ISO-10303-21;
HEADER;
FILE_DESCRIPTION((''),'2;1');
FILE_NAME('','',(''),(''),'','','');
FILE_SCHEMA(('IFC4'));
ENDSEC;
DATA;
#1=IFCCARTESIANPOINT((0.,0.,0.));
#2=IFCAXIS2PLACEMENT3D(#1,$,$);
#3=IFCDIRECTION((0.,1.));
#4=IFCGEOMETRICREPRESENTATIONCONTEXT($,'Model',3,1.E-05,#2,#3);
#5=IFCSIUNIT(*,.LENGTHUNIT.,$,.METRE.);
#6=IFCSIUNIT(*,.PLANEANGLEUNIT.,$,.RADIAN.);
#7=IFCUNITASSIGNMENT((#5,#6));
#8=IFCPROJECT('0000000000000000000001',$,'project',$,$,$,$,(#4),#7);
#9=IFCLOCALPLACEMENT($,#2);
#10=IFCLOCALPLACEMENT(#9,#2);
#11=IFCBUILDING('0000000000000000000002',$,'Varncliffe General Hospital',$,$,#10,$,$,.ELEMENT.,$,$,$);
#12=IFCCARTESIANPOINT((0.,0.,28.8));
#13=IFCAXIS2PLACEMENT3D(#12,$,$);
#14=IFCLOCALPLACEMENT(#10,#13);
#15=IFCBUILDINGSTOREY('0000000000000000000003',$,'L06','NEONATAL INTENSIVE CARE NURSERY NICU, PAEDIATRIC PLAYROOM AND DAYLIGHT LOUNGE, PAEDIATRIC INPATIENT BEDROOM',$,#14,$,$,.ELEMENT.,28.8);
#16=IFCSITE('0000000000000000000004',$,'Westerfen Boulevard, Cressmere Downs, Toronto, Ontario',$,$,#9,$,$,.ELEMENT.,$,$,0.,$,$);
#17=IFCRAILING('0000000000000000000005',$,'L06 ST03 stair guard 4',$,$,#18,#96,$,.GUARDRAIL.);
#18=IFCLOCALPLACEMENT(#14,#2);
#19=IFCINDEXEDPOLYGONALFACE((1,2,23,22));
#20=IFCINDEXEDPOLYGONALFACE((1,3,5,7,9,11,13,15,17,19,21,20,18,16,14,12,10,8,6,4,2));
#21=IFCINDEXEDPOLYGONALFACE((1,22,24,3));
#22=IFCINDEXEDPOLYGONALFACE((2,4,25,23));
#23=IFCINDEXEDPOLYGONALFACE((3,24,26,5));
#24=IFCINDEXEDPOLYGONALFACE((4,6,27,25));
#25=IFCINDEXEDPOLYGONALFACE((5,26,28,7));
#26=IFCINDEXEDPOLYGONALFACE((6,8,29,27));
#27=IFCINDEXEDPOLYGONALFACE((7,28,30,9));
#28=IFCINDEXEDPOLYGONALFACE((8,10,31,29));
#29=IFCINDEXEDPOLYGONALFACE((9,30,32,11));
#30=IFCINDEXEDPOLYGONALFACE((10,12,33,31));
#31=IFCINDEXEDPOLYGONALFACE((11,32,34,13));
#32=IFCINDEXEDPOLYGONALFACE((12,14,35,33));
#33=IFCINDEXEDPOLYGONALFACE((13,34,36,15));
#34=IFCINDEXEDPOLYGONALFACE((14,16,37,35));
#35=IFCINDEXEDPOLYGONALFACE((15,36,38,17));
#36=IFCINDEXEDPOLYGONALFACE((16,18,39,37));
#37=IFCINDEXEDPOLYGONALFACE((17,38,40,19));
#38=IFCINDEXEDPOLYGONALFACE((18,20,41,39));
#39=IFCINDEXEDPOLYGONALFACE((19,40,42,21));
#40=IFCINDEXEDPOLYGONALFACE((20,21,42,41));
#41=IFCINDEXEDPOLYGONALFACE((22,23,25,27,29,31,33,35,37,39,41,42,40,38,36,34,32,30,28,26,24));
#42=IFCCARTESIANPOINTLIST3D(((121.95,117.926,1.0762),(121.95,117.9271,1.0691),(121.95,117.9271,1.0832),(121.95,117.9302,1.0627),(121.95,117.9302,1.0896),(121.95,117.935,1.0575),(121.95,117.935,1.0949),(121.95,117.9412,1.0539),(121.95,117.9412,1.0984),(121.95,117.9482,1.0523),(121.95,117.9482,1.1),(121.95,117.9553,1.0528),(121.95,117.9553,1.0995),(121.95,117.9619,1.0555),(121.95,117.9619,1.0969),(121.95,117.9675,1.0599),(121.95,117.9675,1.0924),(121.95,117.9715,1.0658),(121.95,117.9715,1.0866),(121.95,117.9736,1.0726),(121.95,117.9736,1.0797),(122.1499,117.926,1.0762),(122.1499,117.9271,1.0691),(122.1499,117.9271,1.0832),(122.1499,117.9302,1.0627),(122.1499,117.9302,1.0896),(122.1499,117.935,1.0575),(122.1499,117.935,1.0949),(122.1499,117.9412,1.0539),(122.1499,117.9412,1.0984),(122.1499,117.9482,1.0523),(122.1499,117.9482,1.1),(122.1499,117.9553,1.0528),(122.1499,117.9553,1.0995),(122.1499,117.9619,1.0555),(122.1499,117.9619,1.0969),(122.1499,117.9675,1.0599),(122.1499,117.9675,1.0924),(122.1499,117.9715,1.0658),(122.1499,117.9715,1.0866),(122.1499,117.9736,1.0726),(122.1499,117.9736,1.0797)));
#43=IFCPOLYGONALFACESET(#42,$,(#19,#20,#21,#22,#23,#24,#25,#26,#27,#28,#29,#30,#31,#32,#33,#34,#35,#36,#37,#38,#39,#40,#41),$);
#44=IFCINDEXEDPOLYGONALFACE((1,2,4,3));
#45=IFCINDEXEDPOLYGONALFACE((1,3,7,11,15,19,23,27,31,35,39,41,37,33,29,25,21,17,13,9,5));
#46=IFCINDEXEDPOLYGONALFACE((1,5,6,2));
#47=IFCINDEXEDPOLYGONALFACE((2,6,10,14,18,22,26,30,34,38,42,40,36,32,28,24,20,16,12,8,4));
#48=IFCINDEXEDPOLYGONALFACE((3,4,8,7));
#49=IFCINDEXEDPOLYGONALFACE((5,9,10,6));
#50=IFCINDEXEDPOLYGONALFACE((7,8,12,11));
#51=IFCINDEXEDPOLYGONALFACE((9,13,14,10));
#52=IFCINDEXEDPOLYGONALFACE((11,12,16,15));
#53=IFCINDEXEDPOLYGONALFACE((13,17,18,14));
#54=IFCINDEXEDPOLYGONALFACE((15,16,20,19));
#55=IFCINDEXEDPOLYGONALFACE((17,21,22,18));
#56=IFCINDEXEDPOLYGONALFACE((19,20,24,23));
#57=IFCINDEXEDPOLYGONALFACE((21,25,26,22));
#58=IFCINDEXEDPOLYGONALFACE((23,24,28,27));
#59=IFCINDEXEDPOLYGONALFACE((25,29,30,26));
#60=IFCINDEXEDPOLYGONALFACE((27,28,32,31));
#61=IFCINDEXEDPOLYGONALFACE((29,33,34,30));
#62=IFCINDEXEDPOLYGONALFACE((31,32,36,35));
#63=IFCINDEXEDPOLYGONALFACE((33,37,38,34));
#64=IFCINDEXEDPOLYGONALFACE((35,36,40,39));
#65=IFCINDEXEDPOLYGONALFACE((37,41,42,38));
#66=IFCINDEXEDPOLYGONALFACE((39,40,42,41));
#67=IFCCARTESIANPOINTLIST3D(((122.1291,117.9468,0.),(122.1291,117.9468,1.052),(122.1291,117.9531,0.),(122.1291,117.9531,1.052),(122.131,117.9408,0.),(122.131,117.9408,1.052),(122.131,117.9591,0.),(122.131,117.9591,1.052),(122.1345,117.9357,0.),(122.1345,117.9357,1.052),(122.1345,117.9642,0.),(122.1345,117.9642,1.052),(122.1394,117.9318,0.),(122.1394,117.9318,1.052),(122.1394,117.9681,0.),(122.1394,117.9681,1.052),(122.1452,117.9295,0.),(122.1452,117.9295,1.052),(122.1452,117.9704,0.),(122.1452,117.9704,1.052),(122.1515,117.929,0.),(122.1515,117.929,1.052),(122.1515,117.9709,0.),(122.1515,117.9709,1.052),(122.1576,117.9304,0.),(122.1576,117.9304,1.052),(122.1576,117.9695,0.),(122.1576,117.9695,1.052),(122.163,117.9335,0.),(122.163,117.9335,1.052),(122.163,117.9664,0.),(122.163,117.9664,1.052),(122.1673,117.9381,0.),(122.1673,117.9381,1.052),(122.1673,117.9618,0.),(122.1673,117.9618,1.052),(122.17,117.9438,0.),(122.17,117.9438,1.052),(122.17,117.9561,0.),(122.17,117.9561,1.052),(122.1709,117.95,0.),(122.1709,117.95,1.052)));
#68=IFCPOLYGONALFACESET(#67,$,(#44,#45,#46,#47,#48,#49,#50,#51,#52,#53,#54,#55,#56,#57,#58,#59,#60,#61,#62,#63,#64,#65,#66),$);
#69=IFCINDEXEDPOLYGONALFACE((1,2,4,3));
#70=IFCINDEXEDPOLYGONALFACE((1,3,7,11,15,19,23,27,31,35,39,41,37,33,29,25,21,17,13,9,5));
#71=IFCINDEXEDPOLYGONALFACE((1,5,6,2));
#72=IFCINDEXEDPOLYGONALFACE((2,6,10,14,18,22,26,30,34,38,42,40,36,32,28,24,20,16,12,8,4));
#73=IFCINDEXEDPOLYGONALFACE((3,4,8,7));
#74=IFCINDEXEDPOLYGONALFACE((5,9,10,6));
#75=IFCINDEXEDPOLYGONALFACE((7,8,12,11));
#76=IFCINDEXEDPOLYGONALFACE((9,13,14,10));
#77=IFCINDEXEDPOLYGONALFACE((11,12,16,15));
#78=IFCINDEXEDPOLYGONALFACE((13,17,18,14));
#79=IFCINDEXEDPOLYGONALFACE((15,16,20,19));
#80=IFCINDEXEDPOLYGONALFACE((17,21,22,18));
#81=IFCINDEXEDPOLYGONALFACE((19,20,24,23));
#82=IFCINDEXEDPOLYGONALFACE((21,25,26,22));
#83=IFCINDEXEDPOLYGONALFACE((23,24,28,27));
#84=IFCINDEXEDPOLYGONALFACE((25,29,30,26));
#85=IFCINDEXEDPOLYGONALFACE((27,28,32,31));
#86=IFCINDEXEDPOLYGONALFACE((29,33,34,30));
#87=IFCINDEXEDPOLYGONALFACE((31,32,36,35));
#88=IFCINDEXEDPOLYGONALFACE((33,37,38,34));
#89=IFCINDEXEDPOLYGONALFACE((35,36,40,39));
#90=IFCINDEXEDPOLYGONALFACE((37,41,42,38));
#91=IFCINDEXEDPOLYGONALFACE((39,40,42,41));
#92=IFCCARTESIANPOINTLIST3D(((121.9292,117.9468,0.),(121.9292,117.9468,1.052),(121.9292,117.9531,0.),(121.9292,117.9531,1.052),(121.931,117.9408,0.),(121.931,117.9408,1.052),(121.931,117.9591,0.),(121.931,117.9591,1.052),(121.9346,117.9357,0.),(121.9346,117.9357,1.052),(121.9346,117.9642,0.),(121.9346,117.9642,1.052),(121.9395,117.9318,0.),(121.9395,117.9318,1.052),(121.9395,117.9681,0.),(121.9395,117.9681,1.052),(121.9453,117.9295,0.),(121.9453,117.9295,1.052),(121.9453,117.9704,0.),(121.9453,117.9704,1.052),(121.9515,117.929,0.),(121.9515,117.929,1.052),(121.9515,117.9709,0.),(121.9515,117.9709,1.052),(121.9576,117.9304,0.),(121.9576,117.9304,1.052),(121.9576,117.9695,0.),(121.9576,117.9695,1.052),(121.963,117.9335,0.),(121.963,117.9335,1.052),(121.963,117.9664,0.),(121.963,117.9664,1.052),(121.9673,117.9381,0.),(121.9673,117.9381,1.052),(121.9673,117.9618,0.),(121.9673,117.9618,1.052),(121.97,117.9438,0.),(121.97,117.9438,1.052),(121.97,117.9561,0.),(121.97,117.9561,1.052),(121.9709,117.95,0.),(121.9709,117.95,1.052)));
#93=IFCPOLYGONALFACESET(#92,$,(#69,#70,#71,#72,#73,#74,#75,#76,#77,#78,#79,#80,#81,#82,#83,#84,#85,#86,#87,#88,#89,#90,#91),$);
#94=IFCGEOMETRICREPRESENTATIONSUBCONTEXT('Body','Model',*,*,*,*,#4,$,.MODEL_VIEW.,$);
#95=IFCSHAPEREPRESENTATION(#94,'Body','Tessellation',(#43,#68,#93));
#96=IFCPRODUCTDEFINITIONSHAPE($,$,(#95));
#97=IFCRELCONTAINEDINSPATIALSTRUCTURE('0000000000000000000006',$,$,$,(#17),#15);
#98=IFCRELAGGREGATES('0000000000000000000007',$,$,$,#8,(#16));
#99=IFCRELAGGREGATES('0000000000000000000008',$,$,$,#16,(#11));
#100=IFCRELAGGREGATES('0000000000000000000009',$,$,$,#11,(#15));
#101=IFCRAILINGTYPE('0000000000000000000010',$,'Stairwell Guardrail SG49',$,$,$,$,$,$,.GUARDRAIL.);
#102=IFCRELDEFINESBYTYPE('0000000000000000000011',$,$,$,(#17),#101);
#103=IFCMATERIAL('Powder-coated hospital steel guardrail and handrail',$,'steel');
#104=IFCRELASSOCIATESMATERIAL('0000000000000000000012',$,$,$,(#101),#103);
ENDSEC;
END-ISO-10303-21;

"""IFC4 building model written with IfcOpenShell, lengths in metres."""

from ifc_helpers import new_model, si_unit, direction, frame, origin, origin_2d, place, context, subcontext, project, spatial, circle, extrude, material, type_object, element, save


model = new_model("IFC4")

# Units and contexts
model_context = context("Model", 3, precision=1e-05, world=origin(), true_north=direction((0.0, 1.0)))
body_context = subcontext(model_context, "Body", "Model", "MODEL_VIEW")
ifc_project = project(units=[si_unit("LENGTHUNIT", "METRE"), si_unit("PLANEANGLEUNIT", "RADIAN")], contexts=[model_context])

# Site, building, storey
site_placement = place(None, origin())
site = spatial("IfcSite", under=ifc_project, at=site_placement, Name="Westerfen Boulevard, Cressmere Downs, Toronto, Ontario", CompositionType="ELEMENT", RefElevation=0.0)
building_placement = place(site_placement, origin())
building = spatial("IfcBuilding", under=site, at=building_placement, Name="Varncliffe General Hospital", CompositionType="ELEMENT")
storey_placement = place(building_placement, frame((0.0, 0.0, 28.8)))
storey = spatial("IfcBuildingStorey", under=building, at=storey_placement, Name="L06", Description="NEONATAL INTENSIVE CARE NURSERY NICU, PAEDIATRIC PLAYROOM AND DAYLIGHT LOUNGE, PAEDIATRIC INPATIENT BEDROOM", CompositionType="ELEMENT", Elevation=28.8)

# Railing
ifc_material_1 = material(Name="Powder-coated hospital steel guardrail and handrail", Category="steel")
railing_type_1 = type_object("IfcRailingType", Name="Stairwell Guardrail SG49", PredefinedType="GUARDRAIL", material=ifc_material_1)
railing_1_placement = place(storey_placement, frame((122.1499, 117.95, 0.0)))
element("IfcRailing", 1, at=railing_1_placement, inside=storey, type_object=railing_type_1, Name="L06 ST03 stair guard 4", PredefinedType="GUARDRAIL", context=body_context, shape_type="SweptSolid", body=[
    extrude(circle(Radius=0.0239, at=origin_2d()), frame((0.0, 0.0, 1.0762), z_axis=(-1.0, 0.0, 0.0), x_axis=(0.0, -1.0, 0.0)), (0.0, 0.0, 1.0), 0.2),
    extrude(circle(Radius=0.021, at=origin_2d()), origin(), (0.0, 0.0, 1.0), 1.052),
    extrude(circle(Radius=0.021, at=origin_2d()), frame((-0.2, 0.0, 0.0)), (0.0, 0.0, 1.0), 1.052),
])

save(model, "model.ifc")
